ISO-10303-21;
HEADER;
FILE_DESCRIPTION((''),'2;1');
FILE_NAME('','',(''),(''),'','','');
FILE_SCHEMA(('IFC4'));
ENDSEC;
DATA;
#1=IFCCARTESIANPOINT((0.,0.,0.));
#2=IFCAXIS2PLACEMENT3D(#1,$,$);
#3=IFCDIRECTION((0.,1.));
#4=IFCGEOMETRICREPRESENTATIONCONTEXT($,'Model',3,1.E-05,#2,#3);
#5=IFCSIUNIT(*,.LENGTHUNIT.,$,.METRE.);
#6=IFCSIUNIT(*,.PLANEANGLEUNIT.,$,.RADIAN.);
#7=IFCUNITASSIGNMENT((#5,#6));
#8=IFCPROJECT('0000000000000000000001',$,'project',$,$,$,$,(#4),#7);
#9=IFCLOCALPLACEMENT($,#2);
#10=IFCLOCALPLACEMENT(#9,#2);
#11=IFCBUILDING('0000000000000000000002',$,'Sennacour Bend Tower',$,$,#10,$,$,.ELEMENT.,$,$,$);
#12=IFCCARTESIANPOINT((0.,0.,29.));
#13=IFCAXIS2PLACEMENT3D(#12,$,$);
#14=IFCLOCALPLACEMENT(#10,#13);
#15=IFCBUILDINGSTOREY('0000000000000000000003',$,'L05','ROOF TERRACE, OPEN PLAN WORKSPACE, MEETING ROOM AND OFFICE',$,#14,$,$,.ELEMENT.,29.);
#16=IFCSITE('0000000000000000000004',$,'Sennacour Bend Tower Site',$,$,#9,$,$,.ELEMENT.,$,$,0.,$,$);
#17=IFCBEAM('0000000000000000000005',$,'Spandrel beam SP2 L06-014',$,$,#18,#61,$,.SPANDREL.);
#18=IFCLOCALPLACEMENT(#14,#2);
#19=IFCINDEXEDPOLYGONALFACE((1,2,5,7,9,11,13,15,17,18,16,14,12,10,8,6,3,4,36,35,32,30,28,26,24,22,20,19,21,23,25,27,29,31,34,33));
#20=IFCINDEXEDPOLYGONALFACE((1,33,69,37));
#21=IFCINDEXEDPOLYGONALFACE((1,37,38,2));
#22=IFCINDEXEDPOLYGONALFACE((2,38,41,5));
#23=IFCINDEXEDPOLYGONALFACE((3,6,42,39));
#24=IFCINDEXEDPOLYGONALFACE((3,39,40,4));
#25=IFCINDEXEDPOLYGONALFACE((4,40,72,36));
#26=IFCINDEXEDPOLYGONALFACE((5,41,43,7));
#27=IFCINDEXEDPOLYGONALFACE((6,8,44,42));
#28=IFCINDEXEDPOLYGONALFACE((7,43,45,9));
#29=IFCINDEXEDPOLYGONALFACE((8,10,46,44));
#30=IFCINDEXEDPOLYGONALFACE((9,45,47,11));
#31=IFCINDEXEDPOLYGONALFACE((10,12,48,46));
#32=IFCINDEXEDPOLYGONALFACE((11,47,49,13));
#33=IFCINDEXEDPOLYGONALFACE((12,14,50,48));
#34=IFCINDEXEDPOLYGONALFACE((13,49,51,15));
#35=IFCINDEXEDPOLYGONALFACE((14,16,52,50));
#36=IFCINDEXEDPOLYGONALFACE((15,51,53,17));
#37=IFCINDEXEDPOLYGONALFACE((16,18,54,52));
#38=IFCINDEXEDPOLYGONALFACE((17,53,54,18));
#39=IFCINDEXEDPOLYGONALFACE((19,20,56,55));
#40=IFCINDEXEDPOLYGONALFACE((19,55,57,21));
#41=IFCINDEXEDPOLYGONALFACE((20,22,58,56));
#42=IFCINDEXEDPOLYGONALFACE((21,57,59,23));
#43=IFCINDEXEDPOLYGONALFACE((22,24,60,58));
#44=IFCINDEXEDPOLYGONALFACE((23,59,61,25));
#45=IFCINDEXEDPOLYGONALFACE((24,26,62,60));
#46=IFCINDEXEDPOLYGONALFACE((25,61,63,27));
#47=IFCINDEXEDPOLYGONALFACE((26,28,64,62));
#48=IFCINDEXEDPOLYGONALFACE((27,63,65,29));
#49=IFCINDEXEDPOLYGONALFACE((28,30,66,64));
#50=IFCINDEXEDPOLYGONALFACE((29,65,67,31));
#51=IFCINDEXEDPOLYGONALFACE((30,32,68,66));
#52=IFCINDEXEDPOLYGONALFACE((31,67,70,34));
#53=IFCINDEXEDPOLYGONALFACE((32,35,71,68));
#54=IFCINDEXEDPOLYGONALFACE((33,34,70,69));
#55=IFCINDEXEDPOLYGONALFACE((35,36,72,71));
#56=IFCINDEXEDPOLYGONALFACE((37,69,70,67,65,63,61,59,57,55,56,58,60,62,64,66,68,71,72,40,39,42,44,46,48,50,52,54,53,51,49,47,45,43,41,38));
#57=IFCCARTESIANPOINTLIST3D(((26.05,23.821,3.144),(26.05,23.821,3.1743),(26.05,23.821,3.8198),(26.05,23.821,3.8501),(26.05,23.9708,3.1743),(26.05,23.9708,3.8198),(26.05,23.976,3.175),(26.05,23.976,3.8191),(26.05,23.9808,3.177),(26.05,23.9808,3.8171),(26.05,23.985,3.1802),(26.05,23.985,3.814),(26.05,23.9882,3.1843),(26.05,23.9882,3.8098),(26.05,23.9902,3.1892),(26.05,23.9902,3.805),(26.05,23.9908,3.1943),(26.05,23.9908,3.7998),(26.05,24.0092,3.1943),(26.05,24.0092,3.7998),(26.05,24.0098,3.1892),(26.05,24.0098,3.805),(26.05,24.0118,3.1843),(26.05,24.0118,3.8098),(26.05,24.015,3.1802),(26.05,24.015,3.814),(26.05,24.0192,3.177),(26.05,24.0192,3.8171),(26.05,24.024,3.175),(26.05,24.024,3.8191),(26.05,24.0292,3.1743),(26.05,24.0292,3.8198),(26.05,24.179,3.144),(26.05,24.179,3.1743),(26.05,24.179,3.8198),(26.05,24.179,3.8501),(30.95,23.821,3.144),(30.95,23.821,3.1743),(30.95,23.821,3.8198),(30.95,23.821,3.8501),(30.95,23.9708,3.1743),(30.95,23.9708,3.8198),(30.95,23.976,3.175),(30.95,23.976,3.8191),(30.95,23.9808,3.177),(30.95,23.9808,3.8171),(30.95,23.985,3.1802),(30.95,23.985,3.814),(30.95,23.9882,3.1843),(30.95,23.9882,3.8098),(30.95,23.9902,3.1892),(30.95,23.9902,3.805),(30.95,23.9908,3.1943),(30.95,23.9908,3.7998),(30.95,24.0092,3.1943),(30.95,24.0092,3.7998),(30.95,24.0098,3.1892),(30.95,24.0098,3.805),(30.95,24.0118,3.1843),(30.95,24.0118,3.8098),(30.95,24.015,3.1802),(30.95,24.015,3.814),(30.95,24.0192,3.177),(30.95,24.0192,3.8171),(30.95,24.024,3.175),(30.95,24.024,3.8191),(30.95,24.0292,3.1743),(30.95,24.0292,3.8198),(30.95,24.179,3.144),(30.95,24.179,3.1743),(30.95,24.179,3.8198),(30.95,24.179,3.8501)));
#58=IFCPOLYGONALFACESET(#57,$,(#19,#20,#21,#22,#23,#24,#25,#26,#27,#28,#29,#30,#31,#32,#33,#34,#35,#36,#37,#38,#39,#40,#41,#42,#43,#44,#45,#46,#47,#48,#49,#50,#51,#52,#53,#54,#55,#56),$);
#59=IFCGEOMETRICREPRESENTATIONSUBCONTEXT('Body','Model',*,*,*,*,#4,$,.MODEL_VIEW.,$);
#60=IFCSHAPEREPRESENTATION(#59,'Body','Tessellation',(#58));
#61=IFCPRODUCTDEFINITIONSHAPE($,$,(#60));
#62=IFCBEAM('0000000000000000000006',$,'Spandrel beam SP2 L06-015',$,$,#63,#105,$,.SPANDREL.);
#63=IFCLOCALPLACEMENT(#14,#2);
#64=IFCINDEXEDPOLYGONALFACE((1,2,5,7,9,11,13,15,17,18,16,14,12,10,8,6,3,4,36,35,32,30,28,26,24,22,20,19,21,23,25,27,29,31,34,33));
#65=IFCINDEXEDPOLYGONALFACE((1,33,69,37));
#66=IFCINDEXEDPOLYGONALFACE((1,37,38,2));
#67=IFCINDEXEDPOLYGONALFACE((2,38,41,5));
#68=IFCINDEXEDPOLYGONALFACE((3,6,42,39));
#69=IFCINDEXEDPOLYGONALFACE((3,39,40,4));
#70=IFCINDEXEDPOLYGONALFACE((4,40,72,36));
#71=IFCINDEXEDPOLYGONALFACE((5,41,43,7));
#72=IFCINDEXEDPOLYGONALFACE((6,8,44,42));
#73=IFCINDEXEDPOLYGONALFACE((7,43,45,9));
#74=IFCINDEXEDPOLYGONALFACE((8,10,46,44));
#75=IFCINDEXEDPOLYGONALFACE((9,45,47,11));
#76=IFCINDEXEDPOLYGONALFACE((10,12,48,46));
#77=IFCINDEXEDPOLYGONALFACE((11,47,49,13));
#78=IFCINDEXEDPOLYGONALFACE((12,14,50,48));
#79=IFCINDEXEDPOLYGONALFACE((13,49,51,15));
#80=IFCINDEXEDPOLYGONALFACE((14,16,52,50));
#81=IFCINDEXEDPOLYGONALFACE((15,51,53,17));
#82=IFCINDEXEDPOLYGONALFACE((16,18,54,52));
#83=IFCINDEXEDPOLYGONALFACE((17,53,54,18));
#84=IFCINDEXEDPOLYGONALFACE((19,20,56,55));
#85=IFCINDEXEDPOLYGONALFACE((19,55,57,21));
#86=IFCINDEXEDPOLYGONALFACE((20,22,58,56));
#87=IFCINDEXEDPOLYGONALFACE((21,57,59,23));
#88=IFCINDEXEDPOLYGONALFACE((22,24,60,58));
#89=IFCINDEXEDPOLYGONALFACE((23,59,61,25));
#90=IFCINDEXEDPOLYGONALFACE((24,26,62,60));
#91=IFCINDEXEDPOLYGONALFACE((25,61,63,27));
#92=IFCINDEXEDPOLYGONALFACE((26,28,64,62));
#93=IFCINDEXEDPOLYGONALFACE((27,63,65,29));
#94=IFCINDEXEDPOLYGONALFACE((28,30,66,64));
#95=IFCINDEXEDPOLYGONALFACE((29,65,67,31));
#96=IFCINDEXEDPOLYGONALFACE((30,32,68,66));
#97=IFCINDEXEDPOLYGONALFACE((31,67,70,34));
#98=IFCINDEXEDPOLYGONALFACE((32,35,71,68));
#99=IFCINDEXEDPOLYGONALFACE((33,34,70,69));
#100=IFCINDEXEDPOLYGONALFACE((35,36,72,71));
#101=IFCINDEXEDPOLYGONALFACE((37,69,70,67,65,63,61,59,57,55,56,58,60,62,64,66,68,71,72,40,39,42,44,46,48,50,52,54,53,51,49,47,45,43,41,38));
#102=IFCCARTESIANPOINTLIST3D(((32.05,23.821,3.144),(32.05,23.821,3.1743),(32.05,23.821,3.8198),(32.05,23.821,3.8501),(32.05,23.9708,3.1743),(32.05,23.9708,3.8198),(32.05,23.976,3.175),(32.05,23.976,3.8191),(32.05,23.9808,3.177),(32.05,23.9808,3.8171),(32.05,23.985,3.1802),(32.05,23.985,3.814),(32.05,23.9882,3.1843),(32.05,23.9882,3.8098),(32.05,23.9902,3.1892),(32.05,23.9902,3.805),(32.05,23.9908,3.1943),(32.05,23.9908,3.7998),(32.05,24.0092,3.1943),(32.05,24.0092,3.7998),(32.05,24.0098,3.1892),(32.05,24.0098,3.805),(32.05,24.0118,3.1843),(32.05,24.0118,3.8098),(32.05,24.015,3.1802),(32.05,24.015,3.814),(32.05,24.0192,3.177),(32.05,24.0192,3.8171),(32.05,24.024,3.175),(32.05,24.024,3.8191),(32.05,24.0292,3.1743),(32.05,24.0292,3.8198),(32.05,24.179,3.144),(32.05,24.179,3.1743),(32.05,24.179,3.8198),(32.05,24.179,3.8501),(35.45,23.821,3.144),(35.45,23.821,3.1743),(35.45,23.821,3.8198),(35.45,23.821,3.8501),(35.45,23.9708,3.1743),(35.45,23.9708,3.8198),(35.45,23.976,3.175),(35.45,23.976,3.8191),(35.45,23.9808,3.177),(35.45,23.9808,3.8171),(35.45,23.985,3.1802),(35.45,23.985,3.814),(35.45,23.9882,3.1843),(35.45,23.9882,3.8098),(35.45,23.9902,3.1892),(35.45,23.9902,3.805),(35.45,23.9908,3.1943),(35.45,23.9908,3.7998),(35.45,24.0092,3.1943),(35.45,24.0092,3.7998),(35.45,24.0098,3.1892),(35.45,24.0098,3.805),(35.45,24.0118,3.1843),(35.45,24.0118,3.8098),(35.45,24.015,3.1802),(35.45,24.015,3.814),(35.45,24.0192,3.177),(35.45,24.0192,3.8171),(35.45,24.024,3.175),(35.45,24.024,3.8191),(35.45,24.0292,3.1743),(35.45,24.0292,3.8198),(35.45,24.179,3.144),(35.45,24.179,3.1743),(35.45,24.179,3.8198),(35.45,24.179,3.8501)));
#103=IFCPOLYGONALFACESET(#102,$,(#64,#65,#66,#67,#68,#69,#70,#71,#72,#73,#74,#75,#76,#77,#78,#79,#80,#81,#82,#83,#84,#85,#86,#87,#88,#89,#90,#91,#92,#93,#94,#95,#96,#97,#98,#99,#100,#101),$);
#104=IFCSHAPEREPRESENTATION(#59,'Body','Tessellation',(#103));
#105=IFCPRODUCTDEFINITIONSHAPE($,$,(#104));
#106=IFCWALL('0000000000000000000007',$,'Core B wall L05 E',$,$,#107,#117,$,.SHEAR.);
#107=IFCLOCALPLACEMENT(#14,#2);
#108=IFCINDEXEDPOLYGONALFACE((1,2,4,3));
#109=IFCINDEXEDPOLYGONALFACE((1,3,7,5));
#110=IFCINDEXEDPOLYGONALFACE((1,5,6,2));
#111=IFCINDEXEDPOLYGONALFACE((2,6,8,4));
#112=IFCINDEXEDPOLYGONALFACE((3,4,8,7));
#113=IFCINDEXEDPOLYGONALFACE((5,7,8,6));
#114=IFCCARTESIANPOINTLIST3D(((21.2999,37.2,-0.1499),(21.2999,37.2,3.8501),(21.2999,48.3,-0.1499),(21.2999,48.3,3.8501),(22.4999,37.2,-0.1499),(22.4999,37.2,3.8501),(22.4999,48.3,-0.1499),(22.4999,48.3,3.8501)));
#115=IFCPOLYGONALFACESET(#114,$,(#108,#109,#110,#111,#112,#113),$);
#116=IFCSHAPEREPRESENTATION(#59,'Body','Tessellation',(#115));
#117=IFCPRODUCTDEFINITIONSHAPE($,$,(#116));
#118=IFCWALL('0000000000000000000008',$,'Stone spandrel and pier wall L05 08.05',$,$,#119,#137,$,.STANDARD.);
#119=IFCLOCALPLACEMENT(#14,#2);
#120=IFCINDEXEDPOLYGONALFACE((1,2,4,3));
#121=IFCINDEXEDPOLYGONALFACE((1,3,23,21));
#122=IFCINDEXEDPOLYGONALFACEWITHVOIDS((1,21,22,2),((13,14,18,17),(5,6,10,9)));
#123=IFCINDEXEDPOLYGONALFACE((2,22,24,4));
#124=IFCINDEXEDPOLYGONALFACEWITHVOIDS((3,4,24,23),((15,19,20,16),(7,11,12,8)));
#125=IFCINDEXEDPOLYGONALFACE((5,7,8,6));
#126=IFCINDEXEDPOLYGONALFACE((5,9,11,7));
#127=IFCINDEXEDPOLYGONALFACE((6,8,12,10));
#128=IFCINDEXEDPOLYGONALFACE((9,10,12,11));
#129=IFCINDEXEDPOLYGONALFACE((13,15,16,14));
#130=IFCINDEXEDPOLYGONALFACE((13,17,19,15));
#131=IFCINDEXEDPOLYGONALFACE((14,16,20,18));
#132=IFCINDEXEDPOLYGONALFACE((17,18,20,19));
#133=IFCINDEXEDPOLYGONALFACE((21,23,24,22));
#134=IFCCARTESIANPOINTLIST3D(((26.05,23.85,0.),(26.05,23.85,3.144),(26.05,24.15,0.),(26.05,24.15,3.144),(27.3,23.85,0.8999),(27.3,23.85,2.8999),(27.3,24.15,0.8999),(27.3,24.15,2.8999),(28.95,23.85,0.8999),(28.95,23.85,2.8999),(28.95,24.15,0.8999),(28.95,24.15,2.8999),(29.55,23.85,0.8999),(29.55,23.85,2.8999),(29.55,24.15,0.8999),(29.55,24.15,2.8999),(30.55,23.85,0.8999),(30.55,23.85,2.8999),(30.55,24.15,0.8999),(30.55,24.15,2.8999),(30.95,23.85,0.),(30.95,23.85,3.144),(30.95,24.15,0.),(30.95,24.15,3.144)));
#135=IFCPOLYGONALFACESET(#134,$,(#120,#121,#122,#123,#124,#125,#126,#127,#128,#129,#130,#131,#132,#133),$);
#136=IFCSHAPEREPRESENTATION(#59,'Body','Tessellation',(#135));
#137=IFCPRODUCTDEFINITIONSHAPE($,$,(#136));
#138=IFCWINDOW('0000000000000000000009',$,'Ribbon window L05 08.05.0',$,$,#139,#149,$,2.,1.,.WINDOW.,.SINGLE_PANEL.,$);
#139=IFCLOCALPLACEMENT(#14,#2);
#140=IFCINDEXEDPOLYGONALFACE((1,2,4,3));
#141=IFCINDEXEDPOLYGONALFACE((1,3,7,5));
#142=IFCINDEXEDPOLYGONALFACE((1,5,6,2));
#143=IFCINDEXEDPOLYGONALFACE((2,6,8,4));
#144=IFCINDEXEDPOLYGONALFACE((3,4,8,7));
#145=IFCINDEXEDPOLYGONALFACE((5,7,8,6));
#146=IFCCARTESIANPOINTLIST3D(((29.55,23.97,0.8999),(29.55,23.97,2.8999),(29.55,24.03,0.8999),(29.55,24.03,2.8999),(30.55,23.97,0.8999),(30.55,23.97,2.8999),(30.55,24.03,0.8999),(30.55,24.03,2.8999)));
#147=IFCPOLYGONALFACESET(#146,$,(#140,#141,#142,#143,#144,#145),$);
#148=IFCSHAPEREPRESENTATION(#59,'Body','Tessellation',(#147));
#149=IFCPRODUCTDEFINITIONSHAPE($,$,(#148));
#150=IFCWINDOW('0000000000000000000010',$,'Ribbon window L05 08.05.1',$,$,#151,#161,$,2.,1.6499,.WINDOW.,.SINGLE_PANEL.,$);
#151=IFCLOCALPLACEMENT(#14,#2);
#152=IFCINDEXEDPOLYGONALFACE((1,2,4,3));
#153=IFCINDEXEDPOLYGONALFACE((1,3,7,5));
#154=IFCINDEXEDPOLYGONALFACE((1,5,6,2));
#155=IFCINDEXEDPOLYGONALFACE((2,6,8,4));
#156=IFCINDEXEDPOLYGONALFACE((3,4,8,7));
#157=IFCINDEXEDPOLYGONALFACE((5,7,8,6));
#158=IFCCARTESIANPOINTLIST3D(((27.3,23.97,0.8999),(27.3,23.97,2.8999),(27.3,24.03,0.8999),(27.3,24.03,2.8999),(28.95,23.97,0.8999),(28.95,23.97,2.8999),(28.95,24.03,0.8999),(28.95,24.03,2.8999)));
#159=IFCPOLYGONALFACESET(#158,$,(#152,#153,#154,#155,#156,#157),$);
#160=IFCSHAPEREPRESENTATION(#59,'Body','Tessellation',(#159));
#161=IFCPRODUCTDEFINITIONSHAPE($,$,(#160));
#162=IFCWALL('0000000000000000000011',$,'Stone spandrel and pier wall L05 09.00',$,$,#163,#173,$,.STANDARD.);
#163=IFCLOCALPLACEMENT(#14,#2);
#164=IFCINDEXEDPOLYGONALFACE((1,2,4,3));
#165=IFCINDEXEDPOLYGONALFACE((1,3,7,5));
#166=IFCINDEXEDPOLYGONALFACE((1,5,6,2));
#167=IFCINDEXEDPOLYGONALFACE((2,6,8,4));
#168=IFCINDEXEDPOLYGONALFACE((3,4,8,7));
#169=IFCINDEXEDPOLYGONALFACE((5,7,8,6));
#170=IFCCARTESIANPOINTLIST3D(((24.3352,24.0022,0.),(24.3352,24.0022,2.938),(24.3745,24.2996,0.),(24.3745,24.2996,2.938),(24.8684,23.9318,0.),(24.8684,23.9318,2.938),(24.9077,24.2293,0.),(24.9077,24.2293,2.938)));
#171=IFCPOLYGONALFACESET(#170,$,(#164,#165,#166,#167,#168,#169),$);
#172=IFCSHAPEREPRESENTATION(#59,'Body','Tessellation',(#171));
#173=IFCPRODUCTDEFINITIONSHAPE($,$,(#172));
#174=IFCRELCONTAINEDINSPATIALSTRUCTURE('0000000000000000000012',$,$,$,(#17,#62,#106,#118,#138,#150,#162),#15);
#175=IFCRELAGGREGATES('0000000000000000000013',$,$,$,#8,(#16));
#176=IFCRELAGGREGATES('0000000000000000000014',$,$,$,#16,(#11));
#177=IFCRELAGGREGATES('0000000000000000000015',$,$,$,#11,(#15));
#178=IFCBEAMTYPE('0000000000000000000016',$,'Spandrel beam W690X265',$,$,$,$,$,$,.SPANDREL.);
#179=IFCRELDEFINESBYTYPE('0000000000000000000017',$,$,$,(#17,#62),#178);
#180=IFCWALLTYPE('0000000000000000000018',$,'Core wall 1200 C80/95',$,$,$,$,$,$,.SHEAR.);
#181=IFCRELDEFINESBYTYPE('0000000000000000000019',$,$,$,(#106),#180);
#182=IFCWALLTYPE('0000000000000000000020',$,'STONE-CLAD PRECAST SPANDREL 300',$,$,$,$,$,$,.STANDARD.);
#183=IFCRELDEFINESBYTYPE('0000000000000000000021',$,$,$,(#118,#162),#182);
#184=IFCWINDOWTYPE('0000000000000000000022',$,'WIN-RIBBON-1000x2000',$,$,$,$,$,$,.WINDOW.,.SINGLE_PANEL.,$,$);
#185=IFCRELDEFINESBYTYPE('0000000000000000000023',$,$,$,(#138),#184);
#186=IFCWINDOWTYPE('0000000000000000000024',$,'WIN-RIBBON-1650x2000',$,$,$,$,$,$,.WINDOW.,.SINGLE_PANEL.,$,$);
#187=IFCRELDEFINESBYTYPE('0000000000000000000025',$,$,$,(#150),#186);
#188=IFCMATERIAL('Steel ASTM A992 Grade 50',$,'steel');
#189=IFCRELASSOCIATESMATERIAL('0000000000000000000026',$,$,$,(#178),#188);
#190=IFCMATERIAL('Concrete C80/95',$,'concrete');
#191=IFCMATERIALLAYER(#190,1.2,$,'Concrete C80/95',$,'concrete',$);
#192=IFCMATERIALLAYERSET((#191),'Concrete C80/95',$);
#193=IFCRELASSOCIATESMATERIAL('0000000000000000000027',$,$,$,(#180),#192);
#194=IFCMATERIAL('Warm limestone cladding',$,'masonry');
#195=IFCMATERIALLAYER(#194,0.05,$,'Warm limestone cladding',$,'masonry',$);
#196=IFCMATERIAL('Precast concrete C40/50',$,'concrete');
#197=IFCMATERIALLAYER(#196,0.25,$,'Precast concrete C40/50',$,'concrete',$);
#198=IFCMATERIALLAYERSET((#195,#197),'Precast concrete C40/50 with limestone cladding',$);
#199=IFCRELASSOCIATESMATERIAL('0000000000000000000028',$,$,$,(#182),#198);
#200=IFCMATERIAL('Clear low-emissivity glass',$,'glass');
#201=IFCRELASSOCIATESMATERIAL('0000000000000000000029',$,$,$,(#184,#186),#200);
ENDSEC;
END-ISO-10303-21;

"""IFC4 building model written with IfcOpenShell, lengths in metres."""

from ifc_helpers import new_model, si_unit, direction, frame, frame_2d, origin, origin_2d, place, context, subcontext, project, spatial, rectangle, i_section, extrude, material, layer, layer_set, material_profile, profile_set, type_object, element, fill, save


model = new_model("IFC4")

# Units and contexts
model_context = context("Model", 3, precision=1e-05, world=origin(), true_north=direction((0.0, 1.0)))
body_context = subcontext(model_context, "Body", "Model", "MODEL_VIEW")
ifc_project = project(units=[si_unit("LENGTHUNIT", "METRE"), si_unit("PLANEANGLEUNIT", "RADIAN")], contexts=[model_context])

# Site, building, storey
site_placement = place(None, origin())
site = spatial("IfcSite", under=ifc_project, at=site_placement, Name="Sennacour Bend Tower Site", CompositionType="ELEMENT", RefElevation=0.0)
building_placement = place(site_placement, origin())
building = spatial("IfcBuilding", under=site, at=building_placement, Name="Sennacour Bend Tower", CompositionType="ELEMENT")
storey_placement = place(building_placement, frame((0.0, 0.0, 29.0)))
storey = spatial("IfcBuildingStorey", under=building, at=storey_placement, Name="L05", Description="ROOF TERRACE, OPEN PLAN WORKSPACE, MEETING ROOM AND OFFICE", CompositionType="ELEMENT", Elevation=29.0)

# Beams
ifc_material_1 = material(Name="Steel ASTM A992 Grade 50", Category="steel")
ifc_material_profile_1 = material_profile(ifc_material_1, i_section(OverallWidth=0.3579, OverallDepth=0.7061, WebThickness=0.0183, FlangeThickness=0.0303, FilletRadius=0.02, at=origin_2d()), Name="Steel ASTM A992 Grade 50", Category="steel")
ifc_profile_set_1 = profile_set([ifc_material_profile_1], Name="Steel ASTM A992 Grade 50")
beam_type_1 = type_object("IfcBeamType", Name="Spandrel beam W690X265", PredefinedType="SPANDREL", material=ifc_profile_set_1)
beam_1_placement = place(storey_placement, frame((26.05, 24.0, 3.4971), z_axis=(1.0, 0.0, 0.0), x_axis=(0.0, 1.0, 0.0)))
element("IfcBeam", 1, at=beam_1_placement, inside=storey, type_object=beam_type_1, Name="Spandrel beam SP2 L06-014", PredefinedType="SPANDREL", context=body_context, shape_type="SweptSolid", body=[
    extrude(i_section(OverallWidth=0.3579, OverallDepth=0.7061, WebThickness=0.0183, FlangeThickness=0.0303, FilletRadius=0.02, at=origin_2d()), origin(), (0.0, 0.0, 1.0), 4.8999),
])
beam_2_placement = place(storey_placement, frame((32.05, 24.0, 3.4971), z_axis=(1.0, 0.0, 0.0), x_axis=(0.0, 1.0, 0.0)))
element("IfcBeam", 2, at=beam_2_placement, inside=storey, type_object=beam_type_1, Name="Spandrel beam SP2 L06-015", PredefinedType="SPANDREL", context=body_context, shape_type="SweptSolid", body=[
    extrude(i_section(OverallWidth=0.3579, OverallDepth=0.7061, WebThickness=0.0183, FlangeThickness=0.0303, FilletRadius=0.02, at=origin_2d()), origin(), (0.0, 0.0, 1.0), 3.3999),
])

# Wall
ifc_material_2 = material(Name="Concrete C80/95", Category="concrete")
ifc_layer_1 = layer(ifc_material_2, 1.2, Name="Concrete C80/95", Category="concrete")
ifc_layer_set_1 = layer_set([ifc_layer_1], Name="Concrete C80/95")
wall_type_1 = type_object("IfcWallType", Name="Core wall 1200 C80/95", PredefinedType="SHEAR", material=ifc_layer_set_1)
wall_1_placement = place(storey_placement, frame((21.8999, 37.2, -0.1499), z_axis=(0.0, 0.0, 1.0), x_axis=(0.0, 1.0, 0.0)))
element("IfcWall", 3, at=wall_1_placement, inside=storey, type_object=wall_type_1, Name="Core B wall L05 E", PredefinedType="SHEAR", context=body_context, shape_type="SweptSolid", body=[
    extrude(rectangle(XDim=11.1001, YDim=1.2, at=frame_2d((5.55, 0.0))), origin(), (0.0, 0.0, 1.0), 4.0),
])

# Wall, openings, windows
ifc_material_3 = material(Name="Warm limestone cladding", Category="masonry")
ifc_layer_2 = layer(ifc_material_3, 0.05, Name="Warm limestone cladding", Category="masonry")
ifc_material_4 = material(Name="Precast concrete C40/50", Category="concrete")
ifc_layer_3 = layer(ifc_material_4, 0.25, Name="Precast concrete C40/50", Category="concrete")
ifc_layer_set_2 = layer_set([ifc_layer_2, ifc_layer_3], Name="Precast concrete C40/50 with limestone cladding")
wall_type_2 = type_object("IfcWallType", Name="STONE-CLAD PRECAST SPANDREL 300", PredefinedType="STANDARD", material=ifc_layer_set_2)
wall_2_placement = place(storey_placement, frame((30.95, 24.0, 0.0), z_axis=(0.0, 0.0, 1.0), x_axis=(-1.0, 0.0, 0.0)))
wall_2 = element("IfcWall", 4, at=wall_2_placement, inside=storey, type_object=wall_type_2, Name="Stone spandrel and pier wall L05 08.05", PredefinedType="STANDARD", context=body_context, shape_type="SweptSolid", body=[
    extrude(rectangle(XDim=4.8999, YDim=0.3, at=frame_2d((2.45, 0.0))), origin(), (0.0, 0.0, 1.0), 3.144),
])
opening_1_placement = place(wall_2_placement, frame((0.3999, 0.0, 0.8999)))
opening_1 = element("IfcOpeningElement", 5, at=opening_1_placement, cuts=wall_2, PredefinedType="OPENING", context=body_context, shape_type="SweptSolid", body=[
    extrude(rectangle(XDim=1.0, YDim=2.0, at=frame_2d((0.5, 1.0))), frame((0.0, 0.1602, 0.0), z_axis=(0.0, -1.0, 0.0), x_axis=(1.0, 0.0, 0.0)), (0.0, 0.0, 1.0), 0.3201),
])
opening_2_placement = place(wall_2_placement, frame((2.0, 0.0, 0.8999)))
opening_2 = element("IfcOpeningElement", 6, at=opening_2_placement, cuts=wall_2, PredefinedType="OPENING", context=body_context, shape_type="SweptSolid", body=[
    extrude(rectangle(XDim=1.6499, YDim=2.0, at=frame_2d((0.825, 1.0))), frame((0.0, 0.1602, 0.0), z_axis=(0.0, -1.0, 0.0), x_axis=(1.0, 0.0, 0.0)), (0.0, 0.0, 1.0), 0.3201),
])
ifc_material_5 = material(Name="Clear low-emissivity glass", Category="glass")
window_type_1 = type_object("IfcWindowType", Name="WIN-RIBBON-1000x2000", PartitioningType="SINGLE_PANEL", PredefinedType="WINDOW", material=ifc_material_5)
window_1_placement = place(opening_1_placement, origin())
window_1 = element("IfcWindow", 7, at=window_1_placement, inside=storey, type_object=window_type_1, Name="Ribbon window L05 08.05.0", OverallHeight=2.0, OverallWidth=1.0, PartitioningType="SINGLE_PANEL", PredefinedType="WINDOW", context=body_context, shape_type="SweptSolid", body=[
    extrude(rectangle(XDim=1.0, YDim=2.0, at=frame_2d((0.5, 1.0))), frame((0.0, 0.03, 0.0), z_axis=(0.0, -1.0, 0.0), x_axis=(1.0, 0.0, 0.0)), (0.0, 0.0, 1.0), 0.0601),
])
fill(opening_1, window_1)
window_type_2 = type_object("IfcWindowType", Name="WIN-RIBBON-1650x2000", PartitioningType="SINGLE_PANEL", PredefinedType="WINDOW", material=ifc_material_5)
window_2_placement = place(opening_2_placement, origin())
window_2 = element("IfcWindow", 8, at=window_2_placement, inside=storey, type_object=window_type_2, Name="Ribbon window L05 08.05.1", OverallHeight=2.0, OverallWidth=1.6499, PartitioningType="SINGLE_PANEL", PredefinedType="WINDOW", context=body_context, shape_type="SweptSolid", body=[
    extrude(rectangle(XDim=1.6499, YDim=2.0, at=frame_2d((0.825, 1.0))), frame((0.0, 0.03, 0.0), z_axis=(0.0, -1.0, 0.0), x_axis=(1.0, 0.0, 0.0)), (0.0, 0.0, 1.0), 0.0601),
])
fill(opening_2, window_2)

# Wall
wall_3_placement = place(storey_placement, frame((24.8882, 24.0806, 0.0), z_axis=(0.0, 0.0, 1.0), x_axis=(-0.991417, 0.130736, 0.0)))
element("IfcWall", 9, at=wall_3_placement, inside=storey, type_object=wall_type_2, Name="Stone spandrel and pier wall L05 09.00", PredefinedType="STANDARD", context=body_context, shape_type="SweptSolid", body=[
    extrude(rectangle(XDim=0.5378, YDim=0.3, at=frame_2d((0.269, 0.0))), origin(), (0.0, 0.0, 1.0), 2.938),
])

save(model, "model.ifc")
